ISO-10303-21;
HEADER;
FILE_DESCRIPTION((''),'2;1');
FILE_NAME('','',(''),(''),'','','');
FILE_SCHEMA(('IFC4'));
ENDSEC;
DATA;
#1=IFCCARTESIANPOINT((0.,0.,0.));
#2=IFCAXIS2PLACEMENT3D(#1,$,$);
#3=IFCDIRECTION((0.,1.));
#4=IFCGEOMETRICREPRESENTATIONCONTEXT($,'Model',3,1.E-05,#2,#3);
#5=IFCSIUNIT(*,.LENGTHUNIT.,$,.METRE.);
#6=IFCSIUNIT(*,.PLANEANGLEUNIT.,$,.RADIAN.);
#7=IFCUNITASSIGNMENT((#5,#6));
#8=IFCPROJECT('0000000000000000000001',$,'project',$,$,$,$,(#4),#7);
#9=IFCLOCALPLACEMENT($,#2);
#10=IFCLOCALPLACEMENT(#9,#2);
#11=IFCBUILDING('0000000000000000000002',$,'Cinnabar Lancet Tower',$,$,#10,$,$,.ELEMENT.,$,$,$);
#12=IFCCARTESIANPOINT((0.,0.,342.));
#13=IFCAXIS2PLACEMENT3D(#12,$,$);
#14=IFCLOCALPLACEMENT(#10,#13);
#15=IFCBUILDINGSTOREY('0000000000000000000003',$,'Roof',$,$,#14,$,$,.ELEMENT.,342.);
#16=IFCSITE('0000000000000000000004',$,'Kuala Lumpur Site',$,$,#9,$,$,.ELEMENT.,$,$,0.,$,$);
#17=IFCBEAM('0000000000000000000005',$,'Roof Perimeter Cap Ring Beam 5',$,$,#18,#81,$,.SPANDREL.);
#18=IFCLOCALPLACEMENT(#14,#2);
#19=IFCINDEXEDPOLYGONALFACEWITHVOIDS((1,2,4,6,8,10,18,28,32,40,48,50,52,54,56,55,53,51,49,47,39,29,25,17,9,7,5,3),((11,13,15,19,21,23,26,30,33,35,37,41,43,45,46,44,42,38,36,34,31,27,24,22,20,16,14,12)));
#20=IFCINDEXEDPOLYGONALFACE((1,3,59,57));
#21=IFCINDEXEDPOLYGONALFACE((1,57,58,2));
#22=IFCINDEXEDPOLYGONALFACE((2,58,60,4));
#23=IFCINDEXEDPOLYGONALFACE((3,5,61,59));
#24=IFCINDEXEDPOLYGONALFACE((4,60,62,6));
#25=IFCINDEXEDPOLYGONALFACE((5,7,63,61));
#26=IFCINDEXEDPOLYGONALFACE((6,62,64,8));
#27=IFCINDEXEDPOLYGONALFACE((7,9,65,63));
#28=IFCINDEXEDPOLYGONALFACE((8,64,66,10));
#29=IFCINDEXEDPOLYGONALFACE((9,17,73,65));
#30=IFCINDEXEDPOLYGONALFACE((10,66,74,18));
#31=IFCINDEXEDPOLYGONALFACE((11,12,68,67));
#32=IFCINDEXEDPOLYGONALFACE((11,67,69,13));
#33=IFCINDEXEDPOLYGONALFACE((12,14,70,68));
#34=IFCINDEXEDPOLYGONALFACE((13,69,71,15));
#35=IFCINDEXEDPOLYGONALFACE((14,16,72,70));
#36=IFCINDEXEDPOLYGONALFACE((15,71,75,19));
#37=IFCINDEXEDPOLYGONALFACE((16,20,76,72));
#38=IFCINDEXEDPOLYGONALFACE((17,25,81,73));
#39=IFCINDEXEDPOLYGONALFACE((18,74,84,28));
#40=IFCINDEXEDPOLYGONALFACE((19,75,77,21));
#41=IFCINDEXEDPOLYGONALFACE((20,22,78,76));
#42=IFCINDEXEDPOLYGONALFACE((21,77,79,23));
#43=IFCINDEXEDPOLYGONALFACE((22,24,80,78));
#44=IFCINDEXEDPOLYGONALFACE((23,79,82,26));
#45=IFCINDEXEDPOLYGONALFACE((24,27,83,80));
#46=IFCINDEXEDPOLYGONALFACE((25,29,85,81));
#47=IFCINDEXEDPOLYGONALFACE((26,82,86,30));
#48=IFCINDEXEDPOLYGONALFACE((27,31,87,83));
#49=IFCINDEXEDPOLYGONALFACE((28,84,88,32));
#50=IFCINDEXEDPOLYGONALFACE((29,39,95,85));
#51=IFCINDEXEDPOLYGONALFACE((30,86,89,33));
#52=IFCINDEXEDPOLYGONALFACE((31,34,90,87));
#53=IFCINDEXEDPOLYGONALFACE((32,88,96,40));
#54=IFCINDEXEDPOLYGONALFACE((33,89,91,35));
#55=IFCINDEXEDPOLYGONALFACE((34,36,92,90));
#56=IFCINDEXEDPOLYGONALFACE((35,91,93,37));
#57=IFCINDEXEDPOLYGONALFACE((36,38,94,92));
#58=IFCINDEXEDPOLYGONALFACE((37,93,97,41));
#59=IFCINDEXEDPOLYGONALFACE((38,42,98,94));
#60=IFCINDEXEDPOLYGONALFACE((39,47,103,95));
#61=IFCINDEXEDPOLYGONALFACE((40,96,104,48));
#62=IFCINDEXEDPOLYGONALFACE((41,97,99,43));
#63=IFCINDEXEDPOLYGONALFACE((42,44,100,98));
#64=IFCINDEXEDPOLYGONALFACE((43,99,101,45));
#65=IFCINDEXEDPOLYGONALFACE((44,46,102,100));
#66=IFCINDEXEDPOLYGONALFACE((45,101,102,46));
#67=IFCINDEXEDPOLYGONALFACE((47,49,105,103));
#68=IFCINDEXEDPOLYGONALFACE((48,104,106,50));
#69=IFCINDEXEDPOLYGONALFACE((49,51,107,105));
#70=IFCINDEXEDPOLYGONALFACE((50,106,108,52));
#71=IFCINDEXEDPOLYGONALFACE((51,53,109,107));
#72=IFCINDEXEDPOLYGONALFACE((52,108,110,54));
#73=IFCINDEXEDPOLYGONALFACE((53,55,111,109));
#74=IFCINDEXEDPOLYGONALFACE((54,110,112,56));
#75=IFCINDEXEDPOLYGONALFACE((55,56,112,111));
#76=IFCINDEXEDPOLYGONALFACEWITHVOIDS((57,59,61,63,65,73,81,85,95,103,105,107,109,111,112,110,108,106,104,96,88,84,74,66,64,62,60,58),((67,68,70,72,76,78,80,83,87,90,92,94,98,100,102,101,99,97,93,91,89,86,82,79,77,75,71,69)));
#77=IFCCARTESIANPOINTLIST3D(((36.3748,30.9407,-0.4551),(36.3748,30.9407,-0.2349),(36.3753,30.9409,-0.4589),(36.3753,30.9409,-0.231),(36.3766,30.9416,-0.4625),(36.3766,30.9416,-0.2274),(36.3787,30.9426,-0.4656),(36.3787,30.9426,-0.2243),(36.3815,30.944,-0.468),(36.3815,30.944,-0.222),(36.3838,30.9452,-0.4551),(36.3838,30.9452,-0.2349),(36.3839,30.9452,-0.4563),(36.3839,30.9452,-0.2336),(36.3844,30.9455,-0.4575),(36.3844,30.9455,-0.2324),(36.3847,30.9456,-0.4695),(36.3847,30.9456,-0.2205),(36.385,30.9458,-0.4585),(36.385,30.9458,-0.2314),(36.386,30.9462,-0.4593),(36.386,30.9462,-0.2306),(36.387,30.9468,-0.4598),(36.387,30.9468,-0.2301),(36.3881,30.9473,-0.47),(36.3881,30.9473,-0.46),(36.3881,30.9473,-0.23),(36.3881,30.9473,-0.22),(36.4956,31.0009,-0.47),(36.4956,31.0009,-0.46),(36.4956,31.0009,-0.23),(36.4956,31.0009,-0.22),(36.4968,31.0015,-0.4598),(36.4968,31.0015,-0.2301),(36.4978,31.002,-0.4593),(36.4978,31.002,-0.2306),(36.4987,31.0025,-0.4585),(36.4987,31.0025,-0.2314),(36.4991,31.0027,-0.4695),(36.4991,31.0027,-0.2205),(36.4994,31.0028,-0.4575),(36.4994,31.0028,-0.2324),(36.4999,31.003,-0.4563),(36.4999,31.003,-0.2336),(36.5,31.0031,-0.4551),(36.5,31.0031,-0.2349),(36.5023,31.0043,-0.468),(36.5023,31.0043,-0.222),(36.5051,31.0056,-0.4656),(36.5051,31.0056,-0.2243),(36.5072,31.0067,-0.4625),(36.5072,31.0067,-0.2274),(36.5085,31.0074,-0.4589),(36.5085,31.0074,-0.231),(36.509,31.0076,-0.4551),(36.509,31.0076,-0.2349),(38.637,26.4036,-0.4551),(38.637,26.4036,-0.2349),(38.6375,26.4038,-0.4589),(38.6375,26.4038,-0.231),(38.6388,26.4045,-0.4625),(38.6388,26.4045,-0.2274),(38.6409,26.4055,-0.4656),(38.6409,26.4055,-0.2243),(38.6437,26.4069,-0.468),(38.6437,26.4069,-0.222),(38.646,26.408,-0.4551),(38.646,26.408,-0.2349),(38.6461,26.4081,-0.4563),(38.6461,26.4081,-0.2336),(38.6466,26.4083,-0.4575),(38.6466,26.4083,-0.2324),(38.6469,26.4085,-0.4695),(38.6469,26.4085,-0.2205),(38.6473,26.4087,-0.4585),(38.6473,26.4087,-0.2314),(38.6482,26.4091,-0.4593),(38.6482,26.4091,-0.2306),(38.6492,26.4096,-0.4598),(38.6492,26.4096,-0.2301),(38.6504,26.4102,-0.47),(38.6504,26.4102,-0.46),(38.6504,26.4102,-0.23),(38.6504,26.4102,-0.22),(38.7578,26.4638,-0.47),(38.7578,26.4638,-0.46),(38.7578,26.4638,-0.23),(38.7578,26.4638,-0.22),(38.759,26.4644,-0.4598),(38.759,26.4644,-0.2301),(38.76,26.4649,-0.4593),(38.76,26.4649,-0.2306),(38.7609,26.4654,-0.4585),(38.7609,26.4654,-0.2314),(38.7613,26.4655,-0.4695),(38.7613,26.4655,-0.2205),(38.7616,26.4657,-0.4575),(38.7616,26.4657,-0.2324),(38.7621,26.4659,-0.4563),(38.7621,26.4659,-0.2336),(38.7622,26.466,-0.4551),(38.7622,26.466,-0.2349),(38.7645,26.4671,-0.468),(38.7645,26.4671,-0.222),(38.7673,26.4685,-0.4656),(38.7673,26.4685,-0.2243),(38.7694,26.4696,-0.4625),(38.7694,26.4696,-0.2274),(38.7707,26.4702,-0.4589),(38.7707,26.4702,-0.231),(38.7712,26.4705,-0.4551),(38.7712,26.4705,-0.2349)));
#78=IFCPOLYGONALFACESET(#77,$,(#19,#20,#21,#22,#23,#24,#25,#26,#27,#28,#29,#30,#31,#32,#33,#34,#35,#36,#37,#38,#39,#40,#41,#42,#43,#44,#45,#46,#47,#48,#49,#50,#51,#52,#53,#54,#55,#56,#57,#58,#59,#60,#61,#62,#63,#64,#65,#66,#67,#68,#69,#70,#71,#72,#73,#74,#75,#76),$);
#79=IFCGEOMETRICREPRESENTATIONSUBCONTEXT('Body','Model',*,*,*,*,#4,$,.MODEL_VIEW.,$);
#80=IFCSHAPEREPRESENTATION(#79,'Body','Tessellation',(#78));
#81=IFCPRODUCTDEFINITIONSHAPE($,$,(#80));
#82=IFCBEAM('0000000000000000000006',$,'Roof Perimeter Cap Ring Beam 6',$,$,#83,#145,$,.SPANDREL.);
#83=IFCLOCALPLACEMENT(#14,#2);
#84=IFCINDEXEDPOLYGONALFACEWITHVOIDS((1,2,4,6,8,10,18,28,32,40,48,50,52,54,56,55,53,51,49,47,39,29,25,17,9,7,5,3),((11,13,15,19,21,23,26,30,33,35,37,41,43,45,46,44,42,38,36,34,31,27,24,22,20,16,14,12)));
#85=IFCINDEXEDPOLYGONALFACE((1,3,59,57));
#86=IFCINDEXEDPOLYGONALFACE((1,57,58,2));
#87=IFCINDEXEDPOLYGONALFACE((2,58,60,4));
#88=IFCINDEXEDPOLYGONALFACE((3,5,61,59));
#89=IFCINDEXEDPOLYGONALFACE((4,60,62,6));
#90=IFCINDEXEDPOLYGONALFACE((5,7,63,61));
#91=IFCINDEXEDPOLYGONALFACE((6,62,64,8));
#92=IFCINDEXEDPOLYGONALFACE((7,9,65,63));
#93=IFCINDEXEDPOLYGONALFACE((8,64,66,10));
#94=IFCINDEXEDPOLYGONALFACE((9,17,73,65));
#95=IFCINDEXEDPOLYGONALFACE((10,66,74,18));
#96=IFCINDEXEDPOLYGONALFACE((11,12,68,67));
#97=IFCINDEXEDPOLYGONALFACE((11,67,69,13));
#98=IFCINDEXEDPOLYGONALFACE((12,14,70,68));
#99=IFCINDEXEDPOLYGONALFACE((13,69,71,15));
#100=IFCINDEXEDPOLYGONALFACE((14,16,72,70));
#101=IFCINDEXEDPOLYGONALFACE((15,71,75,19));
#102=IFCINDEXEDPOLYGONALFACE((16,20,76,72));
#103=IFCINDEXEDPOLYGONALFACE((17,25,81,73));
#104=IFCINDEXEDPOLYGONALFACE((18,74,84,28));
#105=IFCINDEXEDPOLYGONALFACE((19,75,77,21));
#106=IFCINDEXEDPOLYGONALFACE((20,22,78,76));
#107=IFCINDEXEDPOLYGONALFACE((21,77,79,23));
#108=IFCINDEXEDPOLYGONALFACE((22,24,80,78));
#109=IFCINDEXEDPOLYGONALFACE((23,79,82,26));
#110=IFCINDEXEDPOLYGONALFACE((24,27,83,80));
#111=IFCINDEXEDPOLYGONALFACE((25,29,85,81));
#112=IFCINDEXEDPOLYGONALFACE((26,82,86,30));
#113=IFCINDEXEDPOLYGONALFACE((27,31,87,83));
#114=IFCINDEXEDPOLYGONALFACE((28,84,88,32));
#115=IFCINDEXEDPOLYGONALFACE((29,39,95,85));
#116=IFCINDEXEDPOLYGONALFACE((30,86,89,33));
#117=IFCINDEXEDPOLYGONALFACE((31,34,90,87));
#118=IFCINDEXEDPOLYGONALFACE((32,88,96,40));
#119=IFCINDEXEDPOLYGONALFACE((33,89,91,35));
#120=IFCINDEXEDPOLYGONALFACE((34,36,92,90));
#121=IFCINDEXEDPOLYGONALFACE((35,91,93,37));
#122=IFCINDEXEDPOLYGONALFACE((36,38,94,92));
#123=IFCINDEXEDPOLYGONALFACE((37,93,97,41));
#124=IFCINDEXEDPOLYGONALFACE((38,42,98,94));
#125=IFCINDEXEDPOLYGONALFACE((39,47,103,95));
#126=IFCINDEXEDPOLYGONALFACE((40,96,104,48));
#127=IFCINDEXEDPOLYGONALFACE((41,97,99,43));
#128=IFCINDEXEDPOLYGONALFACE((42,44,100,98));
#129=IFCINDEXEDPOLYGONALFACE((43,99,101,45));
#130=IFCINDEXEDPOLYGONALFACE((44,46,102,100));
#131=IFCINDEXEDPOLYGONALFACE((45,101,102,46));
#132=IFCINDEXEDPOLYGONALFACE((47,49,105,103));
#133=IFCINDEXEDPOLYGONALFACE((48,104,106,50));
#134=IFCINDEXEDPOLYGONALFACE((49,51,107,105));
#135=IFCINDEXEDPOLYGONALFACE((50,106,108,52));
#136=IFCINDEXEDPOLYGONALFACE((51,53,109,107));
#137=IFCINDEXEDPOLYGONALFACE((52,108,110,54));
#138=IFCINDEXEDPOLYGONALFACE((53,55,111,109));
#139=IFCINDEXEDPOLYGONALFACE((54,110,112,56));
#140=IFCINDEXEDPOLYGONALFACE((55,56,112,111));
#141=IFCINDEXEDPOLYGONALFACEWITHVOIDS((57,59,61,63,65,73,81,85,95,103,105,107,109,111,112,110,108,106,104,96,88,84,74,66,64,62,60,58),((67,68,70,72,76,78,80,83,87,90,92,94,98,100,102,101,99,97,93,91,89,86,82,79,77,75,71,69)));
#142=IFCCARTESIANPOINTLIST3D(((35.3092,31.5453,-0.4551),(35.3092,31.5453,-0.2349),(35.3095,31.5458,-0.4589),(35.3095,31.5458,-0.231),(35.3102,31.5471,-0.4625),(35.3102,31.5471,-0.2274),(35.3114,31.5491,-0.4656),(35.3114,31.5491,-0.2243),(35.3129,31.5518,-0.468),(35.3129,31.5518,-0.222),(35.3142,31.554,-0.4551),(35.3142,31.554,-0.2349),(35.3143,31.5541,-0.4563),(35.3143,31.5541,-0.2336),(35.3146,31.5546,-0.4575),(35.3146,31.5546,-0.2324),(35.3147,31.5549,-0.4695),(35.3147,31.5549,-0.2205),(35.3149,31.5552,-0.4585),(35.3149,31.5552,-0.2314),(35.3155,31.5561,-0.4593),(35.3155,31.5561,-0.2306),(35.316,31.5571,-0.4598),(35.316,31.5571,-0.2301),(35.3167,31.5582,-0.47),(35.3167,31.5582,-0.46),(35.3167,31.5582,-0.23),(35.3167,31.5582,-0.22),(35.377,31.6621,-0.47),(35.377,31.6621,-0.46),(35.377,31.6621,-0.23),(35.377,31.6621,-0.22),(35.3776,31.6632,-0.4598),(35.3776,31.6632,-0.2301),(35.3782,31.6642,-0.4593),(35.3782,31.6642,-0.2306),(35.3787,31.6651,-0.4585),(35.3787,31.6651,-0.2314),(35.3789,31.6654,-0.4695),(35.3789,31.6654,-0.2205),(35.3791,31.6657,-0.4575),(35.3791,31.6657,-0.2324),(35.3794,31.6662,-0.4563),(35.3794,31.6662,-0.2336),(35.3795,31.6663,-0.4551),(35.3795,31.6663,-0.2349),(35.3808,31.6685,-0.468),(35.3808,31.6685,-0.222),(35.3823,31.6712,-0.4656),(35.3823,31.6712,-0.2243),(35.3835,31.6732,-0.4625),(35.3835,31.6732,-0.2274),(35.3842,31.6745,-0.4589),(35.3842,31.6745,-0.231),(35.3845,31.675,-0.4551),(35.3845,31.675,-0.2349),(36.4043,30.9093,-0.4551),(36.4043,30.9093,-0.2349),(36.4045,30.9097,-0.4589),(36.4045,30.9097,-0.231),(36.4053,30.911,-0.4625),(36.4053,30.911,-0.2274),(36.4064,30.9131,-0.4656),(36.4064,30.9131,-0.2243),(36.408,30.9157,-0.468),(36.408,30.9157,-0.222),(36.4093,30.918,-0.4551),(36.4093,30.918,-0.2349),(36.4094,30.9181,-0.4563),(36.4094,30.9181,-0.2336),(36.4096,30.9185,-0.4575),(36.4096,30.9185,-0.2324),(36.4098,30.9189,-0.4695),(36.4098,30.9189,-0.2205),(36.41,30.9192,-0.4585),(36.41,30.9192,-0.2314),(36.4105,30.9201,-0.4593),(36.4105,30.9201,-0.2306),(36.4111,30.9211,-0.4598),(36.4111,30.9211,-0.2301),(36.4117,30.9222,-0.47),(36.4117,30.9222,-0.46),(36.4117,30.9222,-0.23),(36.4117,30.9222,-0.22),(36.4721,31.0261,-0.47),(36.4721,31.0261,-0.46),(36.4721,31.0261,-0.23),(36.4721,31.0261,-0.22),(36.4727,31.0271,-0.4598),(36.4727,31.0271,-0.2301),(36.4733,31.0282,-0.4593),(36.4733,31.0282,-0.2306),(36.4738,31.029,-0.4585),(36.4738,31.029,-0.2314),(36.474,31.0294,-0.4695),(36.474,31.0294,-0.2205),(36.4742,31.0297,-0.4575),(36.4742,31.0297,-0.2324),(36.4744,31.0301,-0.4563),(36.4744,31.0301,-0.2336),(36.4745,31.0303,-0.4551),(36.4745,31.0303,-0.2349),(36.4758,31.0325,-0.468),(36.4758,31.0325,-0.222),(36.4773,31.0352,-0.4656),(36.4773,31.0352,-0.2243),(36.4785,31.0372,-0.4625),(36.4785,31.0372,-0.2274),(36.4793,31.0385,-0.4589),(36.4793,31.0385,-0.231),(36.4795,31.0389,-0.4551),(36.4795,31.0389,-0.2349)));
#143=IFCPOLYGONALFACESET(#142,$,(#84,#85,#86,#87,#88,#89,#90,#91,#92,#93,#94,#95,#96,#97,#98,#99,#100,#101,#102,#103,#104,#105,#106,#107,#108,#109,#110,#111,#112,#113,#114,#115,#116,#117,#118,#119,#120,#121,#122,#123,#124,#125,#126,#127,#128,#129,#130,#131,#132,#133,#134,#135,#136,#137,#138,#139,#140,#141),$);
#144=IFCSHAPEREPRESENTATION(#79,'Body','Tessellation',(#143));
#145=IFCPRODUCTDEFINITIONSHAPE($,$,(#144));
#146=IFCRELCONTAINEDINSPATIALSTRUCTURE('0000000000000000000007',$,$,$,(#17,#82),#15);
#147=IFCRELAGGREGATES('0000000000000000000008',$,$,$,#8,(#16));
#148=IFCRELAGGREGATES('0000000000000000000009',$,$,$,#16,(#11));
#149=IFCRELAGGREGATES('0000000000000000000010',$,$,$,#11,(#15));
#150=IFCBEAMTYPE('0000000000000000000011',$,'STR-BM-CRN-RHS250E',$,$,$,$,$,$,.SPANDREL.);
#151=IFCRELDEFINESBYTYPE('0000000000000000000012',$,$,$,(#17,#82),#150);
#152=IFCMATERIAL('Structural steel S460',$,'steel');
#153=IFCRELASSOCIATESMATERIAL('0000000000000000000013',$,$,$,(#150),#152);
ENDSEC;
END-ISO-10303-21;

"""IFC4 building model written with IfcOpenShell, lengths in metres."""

from ifc_helpers import new_model, si_unit, direction, frame, origin, origin_2d, place, context, subcontext, project, spatial, hollow_rectangle, extrude, material, material_profile, profile_set, type_object, element, save


model = new_model("IFC4")

# Units and contexts
model_context = context("Model", 3, precision=1e-05, world=origin(), true_north=direction((0.0, 1.0)))
body_context = subcontext(model_context, "Body", "Model", "MODEL_VIEW")
ifc_project = project(units=[si_unit("LENGTHUNIT", "METRE"), si_unit("PLANEANGLEUNIT", "RADIAN")], contexts=[model_context])

# Site, building, storey
site_placement = place(None, origin())
site = spatial("IfcSite", under=ifc_project, at=site_placement, Name="Kuala Lumpur Site", CompositionType="ELEMENT", RefElevation=0.0)
building_placement = place(site_placement, origin())
building = spatial("IfcBuilding", under=site, at=building_placement, Name="Cinnabar Lancet Tower", CompositionType="ELEMENT")
storey_placement = place(building_placement, frame((0.0, 0.0, 342.0)))
storey = spatial("IfcBuildingStorey", under=building, at=storey_placement, Name="Roof", CompositionType="ELEMENT", Elevation=342.0)

# Beams
ifc_material_1 = material(Name="Structural steel S460", Category="steel")
ifc_material_profile_1 = material_profile(ifc_material_1, hollow_rectangle(XDim=0.1499, YDim=0.25, WallThickness=0.01, InnerFilletRadius=0.0049, OuterFilletRadius=0.0149, at=origin_2d()), Name="RHS 250x150x10")
ifc_profile_set_1 = profile_set([ifc_material_profile_1], Name="Structural steel S460")
beam_type_1 = type_object("IfcBeamType", Name="STR-BM-CRN-RHS250E", PredefinedType="SPANDREL", material=ifc_profile_set_1)
beam_1_placement = place(storey_placement, frame((38.7041, 26.437, -0.345), z_axis=(-0.446212, 0.894927, 0.0), x_axis=(-0.894927, -0.446212, 0.0)))
element("IfcBeam", 1, at=beam_1_placement, inside=storey, type_object=beam_type_1, Name="Roof Perimeter Cap Ring Beam 5", PredefinedType="SPANDREL", context=body_context, shape_type="SweptSolid", body=[
    extrude(hollow_rectangle(XDim=0.1499, YDim=0.25, WallThickness=0.01, InnerFilletRadius=0.0049, OuterFilletRadius=0.0149, at=origin_2d()), origin(), (0.0, 0.0, 1.0), 5.0698),
])
beam_2_placement = place(storey_placement, frame((36.4419, 30.9741, -0.345), z_axis=(-0.864721, 0.502252, 0.0), x_axis=(-0.502252, -0.864721, 0.0)))
element("IfcBeam", 2, at=beam_2_placement, inside=storey, type_object=beam_type_1, Name="Roof Perimeter Cap Ring Beam 6", PredefinedType="SPANDREL", context=body_context, shape_type="SweptSolid", body=[
    extrude(hollow_rectangle(XDim=0.1499, YDim=0.25, WallThickness=0.01, InnerFilletRadius=0.0049, OuterFilletRadius=0.0149, at=origin_2d()), origin(), (0.0, 0.0, 1.0), 1.2664),
])

save(model, "model.ifc")
